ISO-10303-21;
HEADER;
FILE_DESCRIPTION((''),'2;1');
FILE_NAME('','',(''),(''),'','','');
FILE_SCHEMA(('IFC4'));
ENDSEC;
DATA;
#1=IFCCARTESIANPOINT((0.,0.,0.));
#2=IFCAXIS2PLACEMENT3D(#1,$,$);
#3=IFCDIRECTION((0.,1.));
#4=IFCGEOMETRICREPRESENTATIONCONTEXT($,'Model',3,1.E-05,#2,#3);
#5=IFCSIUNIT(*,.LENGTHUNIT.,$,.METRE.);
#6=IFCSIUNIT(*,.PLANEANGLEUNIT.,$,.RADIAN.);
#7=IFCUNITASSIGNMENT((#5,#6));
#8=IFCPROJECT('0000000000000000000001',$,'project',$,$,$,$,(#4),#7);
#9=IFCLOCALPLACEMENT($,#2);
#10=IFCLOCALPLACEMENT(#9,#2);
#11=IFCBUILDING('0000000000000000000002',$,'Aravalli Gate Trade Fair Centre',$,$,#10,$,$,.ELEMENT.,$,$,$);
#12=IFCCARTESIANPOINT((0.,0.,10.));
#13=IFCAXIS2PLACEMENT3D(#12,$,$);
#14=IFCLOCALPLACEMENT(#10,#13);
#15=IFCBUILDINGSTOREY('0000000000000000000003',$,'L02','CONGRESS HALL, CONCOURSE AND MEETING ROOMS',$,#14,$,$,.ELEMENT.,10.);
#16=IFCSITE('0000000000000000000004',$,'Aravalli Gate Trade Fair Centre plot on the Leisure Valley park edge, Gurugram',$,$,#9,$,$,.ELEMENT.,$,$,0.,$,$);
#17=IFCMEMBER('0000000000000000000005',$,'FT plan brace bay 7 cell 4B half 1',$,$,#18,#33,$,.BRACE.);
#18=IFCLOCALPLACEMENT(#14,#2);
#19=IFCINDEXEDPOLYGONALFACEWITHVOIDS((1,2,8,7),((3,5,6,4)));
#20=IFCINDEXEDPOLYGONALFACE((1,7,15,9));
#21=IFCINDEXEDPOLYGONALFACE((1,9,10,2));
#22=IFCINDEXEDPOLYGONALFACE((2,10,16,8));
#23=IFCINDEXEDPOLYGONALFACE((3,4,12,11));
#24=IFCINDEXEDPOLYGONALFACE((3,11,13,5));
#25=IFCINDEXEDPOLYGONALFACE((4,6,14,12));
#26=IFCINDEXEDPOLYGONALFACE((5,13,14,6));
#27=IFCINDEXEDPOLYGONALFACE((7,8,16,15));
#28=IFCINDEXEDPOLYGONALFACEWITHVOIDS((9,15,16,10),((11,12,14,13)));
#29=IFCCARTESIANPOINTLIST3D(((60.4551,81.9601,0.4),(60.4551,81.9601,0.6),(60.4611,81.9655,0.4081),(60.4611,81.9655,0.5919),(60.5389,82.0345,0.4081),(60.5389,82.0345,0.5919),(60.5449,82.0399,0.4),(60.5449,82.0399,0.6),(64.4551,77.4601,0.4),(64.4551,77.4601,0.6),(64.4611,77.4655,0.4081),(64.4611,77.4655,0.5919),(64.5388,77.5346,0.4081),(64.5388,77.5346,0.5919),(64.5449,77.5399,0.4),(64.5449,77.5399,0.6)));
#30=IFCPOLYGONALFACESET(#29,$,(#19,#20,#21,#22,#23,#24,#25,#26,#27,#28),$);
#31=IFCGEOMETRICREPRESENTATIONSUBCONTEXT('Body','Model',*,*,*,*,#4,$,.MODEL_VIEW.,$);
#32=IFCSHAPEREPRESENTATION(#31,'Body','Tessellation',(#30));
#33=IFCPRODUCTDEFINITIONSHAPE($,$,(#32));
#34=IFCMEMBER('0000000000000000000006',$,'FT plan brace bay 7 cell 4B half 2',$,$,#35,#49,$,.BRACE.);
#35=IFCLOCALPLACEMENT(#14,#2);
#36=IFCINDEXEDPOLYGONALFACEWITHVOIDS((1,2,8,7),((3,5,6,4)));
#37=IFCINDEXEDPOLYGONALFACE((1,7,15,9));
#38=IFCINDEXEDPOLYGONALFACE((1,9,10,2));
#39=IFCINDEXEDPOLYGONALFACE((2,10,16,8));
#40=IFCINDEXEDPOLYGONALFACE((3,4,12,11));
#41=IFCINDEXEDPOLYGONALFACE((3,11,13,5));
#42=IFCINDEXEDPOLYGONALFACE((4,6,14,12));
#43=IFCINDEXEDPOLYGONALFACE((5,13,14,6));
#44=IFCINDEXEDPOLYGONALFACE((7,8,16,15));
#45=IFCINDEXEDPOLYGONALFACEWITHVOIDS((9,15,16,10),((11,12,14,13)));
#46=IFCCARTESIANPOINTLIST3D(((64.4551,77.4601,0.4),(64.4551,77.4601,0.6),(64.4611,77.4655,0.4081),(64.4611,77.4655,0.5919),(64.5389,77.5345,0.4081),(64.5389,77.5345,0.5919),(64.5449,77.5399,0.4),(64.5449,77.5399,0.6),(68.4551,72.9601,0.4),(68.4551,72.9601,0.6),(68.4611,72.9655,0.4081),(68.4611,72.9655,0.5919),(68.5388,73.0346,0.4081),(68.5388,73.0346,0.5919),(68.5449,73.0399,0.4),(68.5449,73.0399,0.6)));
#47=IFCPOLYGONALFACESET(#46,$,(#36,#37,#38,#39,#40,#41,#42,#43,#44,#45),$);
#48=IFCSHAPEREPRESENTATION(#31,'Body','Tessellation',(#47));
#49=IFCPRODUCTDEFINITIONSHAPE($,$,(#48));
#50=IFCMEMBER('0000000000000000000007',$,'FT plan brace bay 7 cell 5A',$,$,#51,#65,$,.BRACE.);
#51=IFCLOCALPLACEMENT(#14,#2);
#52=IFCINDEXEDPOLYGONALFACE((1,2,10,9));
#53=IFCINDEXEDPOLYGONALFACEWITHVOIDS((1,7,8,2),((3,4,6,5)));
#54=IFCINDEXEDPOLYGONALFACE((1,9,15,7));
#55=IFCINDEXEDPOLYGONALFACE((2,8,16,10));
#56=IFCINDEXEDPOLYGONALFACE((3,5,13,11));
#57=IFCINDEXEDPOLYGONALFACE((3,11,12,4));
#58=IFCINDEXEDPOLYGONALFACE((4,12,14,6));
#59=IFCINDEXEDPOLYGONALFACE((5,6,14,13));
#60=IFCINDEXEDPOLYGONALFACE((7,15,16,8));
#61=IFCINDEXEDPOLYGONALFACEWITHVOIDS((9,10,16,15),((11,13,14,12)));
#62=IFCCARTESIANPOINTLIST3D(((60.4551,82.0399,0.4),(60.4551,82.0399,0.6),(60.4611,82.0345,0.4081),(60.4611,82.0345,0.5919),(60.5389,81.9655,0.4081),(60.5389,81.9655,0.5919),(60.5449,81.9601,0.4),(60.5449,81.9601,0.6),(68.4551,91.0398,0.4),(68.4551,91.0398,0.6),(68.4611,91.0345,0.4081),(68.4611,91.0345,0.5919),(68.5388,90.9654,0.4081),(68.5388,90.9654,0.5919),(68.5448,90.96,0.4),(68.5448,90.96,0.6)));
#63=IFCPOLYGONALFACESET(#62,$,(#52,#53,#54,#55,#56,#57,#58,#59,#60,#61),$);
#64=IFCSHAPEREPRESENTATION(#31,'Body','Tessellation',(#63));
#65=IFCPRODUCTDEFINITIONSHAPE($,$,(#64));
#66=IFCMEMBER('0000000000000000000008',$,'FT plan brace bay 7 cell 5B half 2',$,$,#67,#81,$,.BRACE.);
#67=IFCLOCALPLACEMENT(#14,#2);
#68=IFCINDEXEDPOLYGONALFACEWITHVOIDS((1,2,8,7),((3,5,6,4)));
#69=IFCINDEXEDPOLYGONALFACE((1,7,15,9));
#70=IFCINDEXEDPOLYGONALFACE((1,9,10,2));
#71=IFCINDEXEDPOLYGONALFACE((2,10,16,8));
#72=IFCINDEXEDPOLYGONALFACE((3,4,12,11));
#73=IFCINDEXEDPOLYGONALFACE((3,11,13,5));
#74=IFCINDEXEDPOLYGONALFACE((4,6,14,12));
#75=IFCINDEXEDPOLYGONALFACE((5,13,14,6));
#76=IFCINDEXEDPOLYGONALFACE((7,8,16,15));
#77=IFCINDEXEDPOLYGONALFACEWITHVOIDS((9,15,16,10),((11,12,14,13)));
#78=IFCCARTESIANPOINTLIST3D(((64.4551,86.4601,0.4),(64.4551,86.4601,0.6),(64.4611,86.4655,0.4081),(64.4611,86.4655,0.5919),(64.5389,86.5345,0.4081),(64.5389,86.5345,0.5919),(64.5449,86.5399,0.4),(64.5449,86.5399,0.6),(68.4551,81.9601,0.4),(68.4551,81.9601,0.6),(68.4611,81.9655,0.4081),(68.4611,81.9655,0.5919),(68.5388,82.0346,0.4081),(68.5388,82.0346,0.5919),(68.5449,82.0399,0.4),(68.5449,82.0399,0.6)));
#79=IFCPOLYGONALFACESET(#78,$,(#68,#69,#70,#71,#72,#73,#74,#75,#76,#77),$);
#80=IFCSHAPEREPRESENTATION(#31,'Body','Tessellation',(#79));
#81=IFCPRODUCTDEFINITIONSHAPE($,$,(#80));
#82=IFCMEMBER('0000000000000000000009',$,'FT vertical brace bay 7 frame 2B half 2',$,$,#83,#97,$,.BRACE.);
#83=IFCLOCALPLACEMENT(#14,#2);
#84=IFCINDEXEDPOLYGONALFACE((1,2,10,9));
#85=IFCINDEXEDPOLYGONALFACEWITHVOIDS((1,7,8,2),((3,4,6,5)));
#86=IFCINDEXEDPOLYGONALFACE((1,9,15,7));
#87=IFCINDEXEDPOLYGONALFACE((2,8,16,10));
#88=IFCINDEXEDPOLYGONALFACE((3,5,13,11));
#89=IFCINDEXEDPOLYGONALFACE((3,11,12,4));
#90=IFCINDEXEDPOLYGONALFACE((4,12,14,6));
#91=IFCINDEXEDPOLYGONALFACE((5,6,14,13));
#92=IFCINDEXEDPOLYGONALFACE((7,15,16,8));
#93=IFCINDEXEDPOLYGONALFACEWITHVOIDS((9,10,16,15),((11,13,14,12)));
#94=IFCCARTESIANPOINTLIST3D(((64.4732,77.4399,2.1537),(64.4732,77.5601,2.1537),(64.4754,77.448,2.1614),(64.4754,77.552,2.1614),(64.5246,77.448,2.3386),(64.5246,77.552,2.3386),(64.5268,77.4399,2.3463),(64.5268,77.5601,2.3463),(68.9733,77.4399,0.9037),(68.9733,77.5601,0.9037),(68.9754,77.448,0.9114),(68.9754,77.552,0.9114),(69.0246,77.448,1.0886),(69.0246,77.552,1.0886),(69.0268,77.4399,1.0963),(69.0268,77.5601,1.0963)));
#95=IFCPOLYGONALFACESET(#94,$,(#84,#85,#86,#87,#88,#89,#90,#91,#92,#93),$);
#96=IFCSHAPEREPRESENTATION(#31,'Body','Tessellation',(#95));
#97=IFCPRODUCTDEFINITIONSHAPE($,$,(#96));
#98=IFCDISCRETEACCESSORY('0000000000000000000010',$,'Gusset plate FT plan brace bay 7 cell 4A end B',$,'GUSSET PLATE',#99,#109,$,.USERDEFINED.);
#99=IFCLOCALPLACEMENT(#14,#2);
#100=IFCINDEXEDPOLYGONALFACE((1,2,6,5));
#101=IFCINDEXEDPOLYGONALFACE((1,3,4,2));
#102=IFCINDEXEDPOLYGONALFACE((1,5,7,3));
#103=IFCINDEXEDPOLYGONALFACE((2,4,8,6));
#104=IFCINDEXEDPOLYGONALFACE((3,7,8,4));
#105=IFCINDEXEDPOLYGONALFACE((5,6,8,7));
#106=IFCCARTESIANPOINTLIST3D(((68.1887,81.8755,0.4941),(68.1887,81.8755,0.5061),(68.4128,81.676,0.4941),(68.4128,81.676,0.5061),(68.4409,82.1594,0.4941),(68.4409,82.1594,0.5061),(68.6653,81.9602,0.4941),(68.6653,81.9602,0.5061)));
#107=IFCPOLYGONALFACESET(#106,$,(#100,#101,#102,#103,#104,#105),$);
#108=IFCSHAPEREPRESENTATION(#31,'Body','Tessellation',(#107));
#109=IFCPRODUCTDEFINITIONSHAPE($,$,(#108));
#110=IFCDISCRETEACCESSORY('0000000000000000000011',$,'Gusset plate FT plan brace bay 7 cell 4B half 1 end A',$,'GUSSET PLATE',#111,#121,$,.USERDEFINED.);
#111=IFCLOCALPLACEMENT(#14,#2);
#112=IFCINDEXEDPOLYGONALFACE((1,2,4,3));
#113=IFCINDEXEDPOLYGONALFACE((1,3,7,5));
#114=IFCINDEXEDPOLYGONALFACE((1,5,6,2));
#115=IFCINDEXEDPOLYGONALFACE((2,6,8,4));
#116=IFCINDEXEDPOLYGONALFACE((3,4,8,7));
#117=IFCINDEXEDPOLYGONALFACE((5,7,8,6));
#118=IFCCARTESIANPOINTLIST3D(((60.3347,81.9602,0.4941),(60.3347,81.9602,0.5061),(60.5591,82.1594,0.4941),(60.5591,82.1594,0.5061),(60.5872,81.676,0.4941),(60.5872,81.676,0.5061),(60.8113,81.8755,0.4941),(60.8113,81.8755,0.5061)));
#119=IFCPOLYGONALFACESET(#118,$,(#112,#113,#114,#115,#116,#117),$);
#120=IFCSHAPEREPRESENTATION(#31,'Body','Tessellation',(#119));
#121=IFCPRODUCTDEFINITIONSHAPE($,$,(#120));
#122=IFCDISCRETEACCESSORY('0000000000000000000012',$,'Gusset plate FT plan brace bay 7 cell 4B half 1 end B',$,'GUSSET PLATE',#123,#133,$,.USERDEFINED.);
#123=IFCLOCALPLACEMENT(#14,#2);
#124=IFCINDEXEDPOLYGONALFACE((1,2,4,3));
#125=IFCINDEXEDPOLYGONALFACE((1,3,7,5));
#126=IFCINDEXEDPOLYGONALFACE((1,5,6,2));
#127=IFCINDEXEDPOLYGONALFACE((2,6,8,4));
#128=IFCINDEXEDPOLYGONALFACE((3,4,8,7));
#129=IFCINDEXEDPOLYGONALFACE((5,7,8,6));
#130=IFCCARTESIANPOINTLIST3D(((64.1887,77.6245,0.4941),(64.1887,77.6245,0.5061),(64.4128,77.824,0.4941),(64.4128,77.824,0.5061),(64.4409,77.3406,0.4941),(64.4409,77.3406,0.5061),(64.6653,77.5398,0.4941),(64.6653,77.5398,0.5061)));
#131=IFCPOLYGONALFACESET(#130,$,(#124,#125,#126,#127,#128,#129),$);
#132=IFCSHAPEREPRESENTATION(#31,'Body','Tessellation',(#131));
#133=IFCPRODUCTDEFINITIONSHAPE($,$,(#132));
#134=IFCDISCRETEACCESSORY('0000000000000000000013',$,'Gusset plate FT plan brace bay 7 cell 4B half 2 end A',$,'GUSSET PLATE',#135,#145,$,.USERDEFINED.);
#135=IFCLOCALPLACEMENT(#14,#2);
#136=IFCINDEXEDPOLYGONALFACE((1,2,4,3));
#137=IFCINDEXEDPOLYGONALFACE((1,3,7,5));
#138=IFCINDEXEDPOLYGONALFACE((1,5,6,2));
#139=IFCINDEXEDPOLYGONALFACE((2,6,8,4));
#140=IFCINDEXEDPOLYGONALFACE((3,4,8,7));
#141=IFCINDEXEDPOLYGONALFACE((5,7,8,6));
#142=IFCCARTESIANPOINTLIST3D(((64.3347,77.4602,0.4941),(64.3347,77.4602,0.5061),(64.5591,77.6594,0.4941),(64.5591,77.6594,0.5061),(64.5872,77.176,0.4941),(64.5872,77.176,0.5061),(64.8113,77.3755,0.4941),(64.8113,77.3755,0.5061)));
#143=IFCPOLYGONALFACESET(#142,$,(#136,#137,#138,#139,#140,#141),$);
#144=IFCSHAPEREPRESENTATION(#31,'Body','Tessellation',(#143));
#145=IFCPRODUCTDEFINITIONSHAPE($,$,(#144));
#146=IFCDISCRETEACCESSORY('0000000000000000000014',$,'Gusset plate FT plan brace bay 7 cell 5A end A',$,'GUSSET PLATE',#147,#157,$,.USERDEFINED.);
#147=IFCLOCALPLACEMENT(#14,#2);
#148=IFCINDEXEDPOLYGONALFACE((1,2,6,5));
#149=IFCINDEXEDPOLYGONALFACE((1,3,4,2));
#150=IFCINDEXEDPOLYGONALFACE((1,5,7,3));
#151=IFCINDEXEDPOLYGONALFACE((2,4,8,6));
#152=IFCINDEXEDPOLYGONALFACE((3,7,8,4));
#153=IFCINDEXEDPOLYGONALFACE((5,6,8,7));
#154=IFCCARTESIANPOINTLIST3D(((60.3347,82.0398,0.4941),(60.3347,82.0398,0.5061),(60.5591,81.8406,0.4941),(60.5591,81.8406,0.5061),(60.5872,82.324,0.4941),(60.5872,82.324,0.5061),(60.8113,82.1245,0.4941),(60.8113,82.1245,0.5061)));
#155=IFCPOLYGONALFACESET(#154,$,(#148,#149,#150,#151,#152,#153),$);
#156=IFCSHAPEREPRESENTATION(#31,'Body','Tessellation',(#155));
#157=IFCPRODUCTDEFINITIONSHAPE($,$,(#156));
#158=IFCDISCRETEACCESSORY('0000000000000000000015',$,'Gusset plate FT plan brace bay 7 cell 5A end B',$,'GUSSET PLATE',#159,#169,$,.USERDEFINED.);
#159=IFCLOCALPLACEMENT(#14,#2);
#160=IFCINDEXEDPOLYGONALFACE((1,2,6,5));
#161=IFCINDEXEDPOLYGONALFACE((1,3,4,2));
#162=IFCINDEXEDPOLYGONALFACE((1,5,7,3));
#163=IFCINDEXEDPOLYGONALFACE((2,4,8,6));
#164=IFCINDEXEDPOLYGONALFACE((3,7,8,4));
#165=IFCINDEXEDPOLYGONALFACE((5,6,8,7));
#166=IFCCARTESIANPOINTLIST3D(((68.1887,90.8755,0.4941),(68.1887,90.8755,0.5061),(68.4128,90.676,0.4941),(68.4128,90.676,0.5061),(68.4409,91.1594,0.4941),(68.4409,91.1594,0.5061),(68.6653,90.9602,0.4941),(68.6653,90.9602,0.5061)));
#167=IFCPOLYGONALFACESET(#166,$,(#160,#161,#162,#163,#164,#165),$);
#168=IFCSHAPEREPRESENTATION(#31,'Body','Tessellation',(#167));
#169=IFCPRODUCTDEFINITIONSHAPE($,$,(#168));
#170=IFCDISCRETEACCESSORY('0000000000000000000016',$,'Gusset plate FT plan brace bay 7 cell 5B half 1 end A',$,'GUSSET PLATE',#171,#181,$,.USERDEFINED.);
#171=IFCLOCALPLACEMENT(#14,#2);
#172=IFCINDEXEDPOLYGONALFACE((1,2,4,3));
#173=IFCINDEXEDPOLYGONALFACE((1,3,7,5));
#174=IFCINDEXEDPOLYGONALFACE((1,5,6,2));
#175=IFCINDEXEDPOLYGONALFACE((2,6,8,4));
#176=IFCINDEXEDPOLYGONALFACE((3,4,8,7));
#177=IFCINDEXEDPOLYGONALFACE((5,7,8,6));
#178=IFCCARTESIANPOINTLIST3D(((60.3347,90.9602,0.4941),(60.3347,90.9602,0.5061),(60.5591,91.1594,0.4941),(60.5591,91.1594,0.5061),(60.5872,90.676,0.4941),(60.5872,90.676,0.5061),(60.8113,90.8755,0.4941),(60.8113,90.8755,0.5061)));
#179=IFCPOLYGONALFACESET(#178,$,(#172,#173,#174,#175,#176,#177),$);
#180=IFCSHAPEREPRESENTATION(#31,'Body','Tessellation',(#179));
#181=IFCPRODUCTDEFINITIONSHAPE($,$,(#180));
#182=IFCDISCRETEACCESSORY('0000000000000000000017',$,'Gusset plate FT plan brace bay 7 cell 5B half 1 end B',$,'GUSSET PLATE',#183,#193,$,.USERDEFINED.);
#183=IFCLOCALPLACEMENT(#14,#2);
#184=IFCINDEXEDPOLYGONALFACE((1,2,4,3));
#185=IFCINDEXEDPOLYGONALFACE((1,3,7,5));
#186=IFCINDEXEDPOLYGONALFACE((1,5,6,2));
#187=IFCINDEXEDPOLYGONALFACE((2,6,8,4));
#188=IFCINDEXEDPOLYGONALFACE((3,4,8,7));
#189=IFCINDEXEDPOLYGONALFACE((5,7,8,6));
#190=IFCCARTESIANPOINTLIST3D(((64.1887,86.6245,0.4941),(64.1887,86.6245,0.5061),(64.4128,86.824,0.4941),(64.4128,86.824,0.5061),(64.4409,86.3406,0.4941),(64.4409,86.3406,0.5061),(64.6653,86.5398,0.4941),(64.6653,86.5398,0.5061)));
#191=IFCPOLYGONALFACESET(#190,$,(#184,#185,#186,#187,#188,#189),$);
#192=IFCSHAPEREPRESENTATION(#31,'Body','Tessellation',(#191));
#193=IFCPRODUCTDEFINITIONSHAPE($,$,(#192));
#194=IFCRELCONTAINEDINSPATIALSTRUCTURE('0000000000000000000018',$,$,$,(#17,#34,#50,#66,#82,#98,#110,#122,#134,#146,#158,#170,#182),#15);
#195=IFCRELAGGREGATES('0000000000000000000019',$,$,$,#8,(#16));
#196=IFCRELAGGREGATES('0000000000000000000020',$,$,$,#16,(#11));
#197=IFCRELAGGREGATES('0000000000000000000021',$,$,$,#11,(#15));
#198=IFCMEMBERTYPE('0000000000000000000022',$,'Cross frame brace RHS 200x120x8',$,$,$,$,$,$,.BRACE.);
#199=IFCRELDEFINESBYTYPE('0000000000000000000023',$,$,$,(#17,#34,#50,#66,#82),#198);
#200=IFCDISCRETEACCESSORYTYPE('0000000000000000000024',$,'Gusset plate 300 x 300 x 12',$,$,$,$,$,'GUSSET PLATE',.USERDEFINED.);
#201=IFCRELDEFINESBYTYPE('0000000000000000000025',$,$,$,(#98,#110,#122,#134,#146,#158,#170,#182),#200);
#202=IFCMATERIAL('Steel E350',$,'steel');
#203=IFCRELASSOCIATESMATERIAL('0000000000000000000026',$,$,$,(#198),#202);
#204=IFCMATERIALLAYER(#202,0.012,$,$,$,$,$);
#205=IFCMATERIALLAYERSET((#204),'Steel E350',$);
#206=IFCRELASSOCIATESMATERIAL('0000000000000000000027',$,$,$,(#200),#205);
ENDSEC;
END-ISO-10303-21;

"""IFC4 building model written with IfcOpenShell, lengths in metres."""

from ifc_helpers import new_model, si_unit, direction, frame, origin, origin_2d, place, context, subcontext, project, spatial, polyline, hollow_rectangle, outline, extrude, material, layer, layer_set, material_profile, profile_set, type_object, element, save


model = new_model("IFC4")

# Units and contexts
model_context = context("Model", 3, precision=1e-05, world=origin(), true_north=direction((0.0, 1.0)))
body_context = subcontext(model_context, "Body", "Model", "MODEL_VIEW")
ifc_project = project(units=[si_unit("LENGTHUNIT", "METRE"), si_unit("PLANEANGLEUNIT", "RADIAN")], contexts=[model_context])

# Site, building, storey
site_placement = place(None, origin())
site = spatial("IfcSite", under=ifc_project, at=site_placement, Name="Aravalli Gate Trade Fair Centre plot on the Leisure Valley park edge, Gurugram", CompositionType="ELEMENT", RefElevation=0.0)
building_placement = place(site_placement, origin())
building = spatial("IfcBuilding", under=site, at=building_placement, Name="Aravalli Gate Trade Fair Centre", CompositionType="ELEMENT")
storey_placement = place(building_placement, frame((0.0, 0.0, 10.0)))
storey = spatial("IfcBuildingStorey", under=building, at=storey_placement, Name="L02", Description="CONGRESS HALL, CONCOURSE AND MEETING ROOMS", CompositionType="ELEMENT", Elevation=10.0)

# Members
ifc_material = material(Name="Steel E350", Category="steel")
ifc_material_profile = material_profile(ifc_material, hollow_rectangle(XDim=0.1201, YDim=0.2, WallThickness=0.0081, at=origin_2d()), Name="RHS 200x120x8")
ifc_profile_set = profile_set([ifc_material_profile], Name="Steel E350")
member_type = type_object("IfcMemberType", Name="Cross frame brace RHS 200x120x8", PredefinedType="BRACE", material=ifc_profile_set)
for number, where, z_axis, x_axis, name in (
    (1, (60.5, 82.0, 0.5), (0.664364, -0.747409, 0.0), (0.747409, 0.664364, 0.0), "FT plan brace bay 7 cell 4B half 1"),
    (2, (64.5, 77.5, 0.5), (0.664364, -0.747409, 0.0), (0.747409, 0.664364, 0.0), "FT plan brace bay 7 cell 4B half 2"),
):
    element("IfcMember", number, at=place(storey_placement, frame(where, z_axis=z_axis, x_axis=x_axis)), inside=storey, type_object=member_type, Name=name, PredefinedType="BRACE", context=body_context, shape_type="SweptSolid", body=[
        extrude(hollow_rectangle(XDim=0.1201, YDim=0.2, WallThickness=0.0081, at=origin_2d()), origin(), (0.0, 0.0, 1.0), 6.0208),
    ])
member_1_placement = place(storey_placement, frame((60.5, 82.0, 0.5), z_axis=(0.664364, 0.747409, 0.0), x_axis=(-0.747409, 0.664364, 0.0)))
element("IfcMember", 3, at=member_1_placement, inside=storey, type_object=member_type, Name="FT plan brace bay 7 cell 5A", PredefinedType="BRACE", context=body_context, shape_type="SweptSolid", body=[
    extrude(hollow_rectangle(XDim=0.1201, YDim=0.2, WallThickness=0.0081, at=origin_2d()), origin(), (0.0, 0.0, 1.0), 12.0415),
])
member_2_placement = place(storey_placement, frame((64.5, 86.5, 0.5), z_axis=(0.664364, -0.747409, 0.0), x_axis=(0.747409, 0.664364, 0.0)))
element("IfcMember", 4, at=member_2_placement, inside=storey, type_object=member_type, Name="FT plan brace bay 7 cell 5B half 2", PredefinedType="BRACE", context=body_context, shape_type="SweptSolid", body=[
    extrude(hollow_rectangle(XDim=0.1201, YDim=0.2, WallThickness=0.0081, at=origin_2d()), origin(), (0.0, 0.0, 1.0), 6.0208),
])
member_3_placement = place(storey_placement, frame((64.5, 77.5, 2.25), z_axis=(0.963518, 0.0, -0.267644), x_axis=(0.0, 1.0, 0.0)))
element("IfcMember", 5, at=member_3_placement, inside=storey, type_object=member_type, Name="FT vertical brace bay 7 frame 2B half 2", PredefinedType="BRACE", context=body_context, shape_type="SweptSolid", body=[
    extrude(hollow_rectangle(XDim=0.1201, YDim=0.2, WallThickness=0.0081, at=origin_2d()), origin(), (0.0, 0.0, 1.0), 4.6704),
])

# Discrete accessories
ifc_layer_1 = layer(ifc_material, 0.012)
ifc_layer_set_1 = layer_set([ifc_layer_1], Name="Steel E350")
discrete_accessory_type_1 = type_object("IfcDiscreteAccessoryType", Name="Gusset plate 300 x 300 x 12", ElementType="GUSSET PLATE", PredefinedType="USERDEFINED", material=ifc_layer_set_1)
discrete_accessory_1_placement = place(storey_placement, frame((68.4128, 81.676, 0.5061), z_axis=(0.0, 0.0, 1.0), x_axis=(0.664125, 0.747622, 0.0)))
element("IfcDiscreteAccessory", 6, at=discrete_accessory_1_placement, inside=storey, type_object=discrete_accessory_type_1, Name="Gusset plate FT plan brace bay 7 cell 4A end B", ObjectType="GUSSET PLATE", PredefinedType="USERDEFINED", context=body_context, shape_type="SweptSolid", body=[
    extrude(outline(polyline([(0.0, 0.0), (0.3801, 0.0), (0.38, 0.3), (0.0003, 0.3), (0.0, 0.0)])), origin(), (0.0, 0.0, -1.0), 0.012),
])
discrete_accessory_2_placement = place(storey_placement, frame((60.5872, 81.676, 0.5061), z_axis=(0.0, 0.0, 1.0), x_axis=(-0.664125, 0.747622, 0.0)))
element("IfcDiscreteAccessory", 7, at=discrete_accessory_2_placement, inside=storey, type_object=discrete_accessory_type_1, Name="Gusset plate FT plan brace bay 7 cell 4B half 1 end A", ObjectType="GUSSET PLATE", PredefinedType="USERDEFINED", context=body_context, shape_type="SweptSolid", body=[
    extrude(outline(polyline([(0.0, 0.0), (0.3801, 0.0), (0.38, -0.3), (0.0003, -0.3), (0.0, 0.0)])), origin(), (0.0, 0.0, -1.0), 0.012),
])
discrete_accessory_3_placement = place(storey_placement, frame((64.1887, 77.6245, 0.5061), z_axis=(0.0, 0.0, 1.0), x_axis=(0.664084, -0.747658, 0.0)))
element("IfcDiscreteAccessory", 8, at=discrete_accessory_3_placement, inside=storey, type_object=discrete_accessory_type_1, Name="Gusset plate FT plan brace bay 7 cell 4B half 1 end B", ObjectType="GUSSET PLATE", PredefinedType="USERDEFINED", context=body_context, shape_type="SweptSolid", body=[
    extrude(outline(polyline([(0.0, 0.0), (0.3798, 0.0), (0.3798, 0.3), (-0.0003, 0.3), (0.0, 0.0)])), origin(), (0.0, 0.0, -1.0), 0.012),
])
discrete_accessory_4_placement = place(storey_placement, frame((64.5872, 77.176, 0.5061), z_axis=(0.0, 0.0, 1.0), x_axis=(-0.664125, 0.747622, 0.0)))
element("IfcDiscreteAccessory", 9, at=discrete_accessory_4_placement, inside=storey, type_object=discrete_accessory_type_1, Name="Gusset plate FT plan brace bay 7 cell 4B half 2 end A", ObjectType="GUSSET PLATE", PredefinedType="USERDEFINED", context=body_context, shape_type="SweptSolid", body=[
    extrude(outline(polyline([(0.0, 0.0), (0.3801, 0.0), (0.38, -0.3), (0.0003, -0.3), (0.0, 0.0)])), origin(), (0.0, 0.0, -1.0), 0.012),
])
discrete_accessory_5_placement = place(storey_placement, frame((60.8113, 82.1245, 0.5061), z_axis=(0.0, 0.0, 1.0), x_axis=(-0.664084, -0.747658, 0.0)))
element("IfcDiscreteAccessory", 10, at=discrete_accessory_5_placement, inside=storey, type_object=discrete_accessory_type_1, Name="Gusset plate FT plan brace bay 7 cell 5A end A", ObjectType="GUSSET PLATE", PredefinedType="USERDEFINED", context=body_context, shape_type="SweptSolid", body=[
    extrude(outline(polyline([(0.0, 0.0), (0.3798, 0.0), (0.3798, -0.3), (-0.0003, -0.3), (0.0, 0.0)])), origin(), (0.0, 0.0, -1.0), 0.012),
])
discrete_accessory_6_placement = place(storey_placement, frame((68.4128, 90.676, 0.5061), z_axis=(0.0, 0.0, 1.0), x_axis=(0.664125, 0.747622, 0.0)))
element("IfcDiscreteAccessory", 11, at=discrete_accessory_6_placement, inside=storey, type_object=discrete_accessory_type_1, Name="Gusset plate FT plan brace bay 7 cell 5A end B", ObjectType="GUSSET PLATE", PredefinedType="USERDEFINED", context=body_context, shape_type="SweptSolid", body=[
    extrude(outline(polyline([(0.0, 0.0), (0.3801, 0.0), (0.38, 0.3), (0.0003, 0.3), (0.0, 0.0)])), origin(), (0.0, 0.0, -1.0), 0.012),
])
discrete_accessory_7_placement = place(storey_placement, frame((60.5872, 90.676, 0.5061), z_axis=(0.0, 0.0, 1.0), x_axis=(-0.664125, 0.747622, 0.0)))
element("IfcDiscreteAccessory", 12, at=discrete_accessory_7_placement, inside=storey, type_object=discrete_accessory_type_1, Name="Gusset plate FT plan brace bay 7 cell 5B half 1 end A", ObjectType="GUSSET PLATE", PredefinedType="USERDEFINED", context=body_context, shape_type="SweptSolid", body=[
    extrude(outline(polyline([(0.0, 0.0), (0.3801, 0.0), (0.38, -0.3), (0.0003, -0.3), (0.0, 0.0)])), origin(), (0.0, 0.0, -1.0), 0.012),
])
discrete_accessory_8_placement = place(storey_placement, frame((64.1887, 86.6245, 0.5061), z_axis=(0.0, 0.0, 1.0), x_axis=(0.664084, -0.747658, 0.0)))
element("IfcDiscreteAccessory", 13, at=discrete_accessory_8_placement, inside=storey, type_object=discrete_accessory_type_1, Name="Gusset plate FT plan brace bay 7 cell 5B half 1 end B", ObjectType="GUSSET PLATE", PredefinedType="USERDEFINED", context=body_context, shape_type="SweptSolid", body=[
    extrude(outline(polyline([(0.0, 0.0), (0.3798, 0.0), (0.3798, 0.3), (-0.0003, 0.3), (0.0, 0.0)])), origin(), (0.0, 0.0, -1.0), 0.012),
])

save(model, "model.ifc")
